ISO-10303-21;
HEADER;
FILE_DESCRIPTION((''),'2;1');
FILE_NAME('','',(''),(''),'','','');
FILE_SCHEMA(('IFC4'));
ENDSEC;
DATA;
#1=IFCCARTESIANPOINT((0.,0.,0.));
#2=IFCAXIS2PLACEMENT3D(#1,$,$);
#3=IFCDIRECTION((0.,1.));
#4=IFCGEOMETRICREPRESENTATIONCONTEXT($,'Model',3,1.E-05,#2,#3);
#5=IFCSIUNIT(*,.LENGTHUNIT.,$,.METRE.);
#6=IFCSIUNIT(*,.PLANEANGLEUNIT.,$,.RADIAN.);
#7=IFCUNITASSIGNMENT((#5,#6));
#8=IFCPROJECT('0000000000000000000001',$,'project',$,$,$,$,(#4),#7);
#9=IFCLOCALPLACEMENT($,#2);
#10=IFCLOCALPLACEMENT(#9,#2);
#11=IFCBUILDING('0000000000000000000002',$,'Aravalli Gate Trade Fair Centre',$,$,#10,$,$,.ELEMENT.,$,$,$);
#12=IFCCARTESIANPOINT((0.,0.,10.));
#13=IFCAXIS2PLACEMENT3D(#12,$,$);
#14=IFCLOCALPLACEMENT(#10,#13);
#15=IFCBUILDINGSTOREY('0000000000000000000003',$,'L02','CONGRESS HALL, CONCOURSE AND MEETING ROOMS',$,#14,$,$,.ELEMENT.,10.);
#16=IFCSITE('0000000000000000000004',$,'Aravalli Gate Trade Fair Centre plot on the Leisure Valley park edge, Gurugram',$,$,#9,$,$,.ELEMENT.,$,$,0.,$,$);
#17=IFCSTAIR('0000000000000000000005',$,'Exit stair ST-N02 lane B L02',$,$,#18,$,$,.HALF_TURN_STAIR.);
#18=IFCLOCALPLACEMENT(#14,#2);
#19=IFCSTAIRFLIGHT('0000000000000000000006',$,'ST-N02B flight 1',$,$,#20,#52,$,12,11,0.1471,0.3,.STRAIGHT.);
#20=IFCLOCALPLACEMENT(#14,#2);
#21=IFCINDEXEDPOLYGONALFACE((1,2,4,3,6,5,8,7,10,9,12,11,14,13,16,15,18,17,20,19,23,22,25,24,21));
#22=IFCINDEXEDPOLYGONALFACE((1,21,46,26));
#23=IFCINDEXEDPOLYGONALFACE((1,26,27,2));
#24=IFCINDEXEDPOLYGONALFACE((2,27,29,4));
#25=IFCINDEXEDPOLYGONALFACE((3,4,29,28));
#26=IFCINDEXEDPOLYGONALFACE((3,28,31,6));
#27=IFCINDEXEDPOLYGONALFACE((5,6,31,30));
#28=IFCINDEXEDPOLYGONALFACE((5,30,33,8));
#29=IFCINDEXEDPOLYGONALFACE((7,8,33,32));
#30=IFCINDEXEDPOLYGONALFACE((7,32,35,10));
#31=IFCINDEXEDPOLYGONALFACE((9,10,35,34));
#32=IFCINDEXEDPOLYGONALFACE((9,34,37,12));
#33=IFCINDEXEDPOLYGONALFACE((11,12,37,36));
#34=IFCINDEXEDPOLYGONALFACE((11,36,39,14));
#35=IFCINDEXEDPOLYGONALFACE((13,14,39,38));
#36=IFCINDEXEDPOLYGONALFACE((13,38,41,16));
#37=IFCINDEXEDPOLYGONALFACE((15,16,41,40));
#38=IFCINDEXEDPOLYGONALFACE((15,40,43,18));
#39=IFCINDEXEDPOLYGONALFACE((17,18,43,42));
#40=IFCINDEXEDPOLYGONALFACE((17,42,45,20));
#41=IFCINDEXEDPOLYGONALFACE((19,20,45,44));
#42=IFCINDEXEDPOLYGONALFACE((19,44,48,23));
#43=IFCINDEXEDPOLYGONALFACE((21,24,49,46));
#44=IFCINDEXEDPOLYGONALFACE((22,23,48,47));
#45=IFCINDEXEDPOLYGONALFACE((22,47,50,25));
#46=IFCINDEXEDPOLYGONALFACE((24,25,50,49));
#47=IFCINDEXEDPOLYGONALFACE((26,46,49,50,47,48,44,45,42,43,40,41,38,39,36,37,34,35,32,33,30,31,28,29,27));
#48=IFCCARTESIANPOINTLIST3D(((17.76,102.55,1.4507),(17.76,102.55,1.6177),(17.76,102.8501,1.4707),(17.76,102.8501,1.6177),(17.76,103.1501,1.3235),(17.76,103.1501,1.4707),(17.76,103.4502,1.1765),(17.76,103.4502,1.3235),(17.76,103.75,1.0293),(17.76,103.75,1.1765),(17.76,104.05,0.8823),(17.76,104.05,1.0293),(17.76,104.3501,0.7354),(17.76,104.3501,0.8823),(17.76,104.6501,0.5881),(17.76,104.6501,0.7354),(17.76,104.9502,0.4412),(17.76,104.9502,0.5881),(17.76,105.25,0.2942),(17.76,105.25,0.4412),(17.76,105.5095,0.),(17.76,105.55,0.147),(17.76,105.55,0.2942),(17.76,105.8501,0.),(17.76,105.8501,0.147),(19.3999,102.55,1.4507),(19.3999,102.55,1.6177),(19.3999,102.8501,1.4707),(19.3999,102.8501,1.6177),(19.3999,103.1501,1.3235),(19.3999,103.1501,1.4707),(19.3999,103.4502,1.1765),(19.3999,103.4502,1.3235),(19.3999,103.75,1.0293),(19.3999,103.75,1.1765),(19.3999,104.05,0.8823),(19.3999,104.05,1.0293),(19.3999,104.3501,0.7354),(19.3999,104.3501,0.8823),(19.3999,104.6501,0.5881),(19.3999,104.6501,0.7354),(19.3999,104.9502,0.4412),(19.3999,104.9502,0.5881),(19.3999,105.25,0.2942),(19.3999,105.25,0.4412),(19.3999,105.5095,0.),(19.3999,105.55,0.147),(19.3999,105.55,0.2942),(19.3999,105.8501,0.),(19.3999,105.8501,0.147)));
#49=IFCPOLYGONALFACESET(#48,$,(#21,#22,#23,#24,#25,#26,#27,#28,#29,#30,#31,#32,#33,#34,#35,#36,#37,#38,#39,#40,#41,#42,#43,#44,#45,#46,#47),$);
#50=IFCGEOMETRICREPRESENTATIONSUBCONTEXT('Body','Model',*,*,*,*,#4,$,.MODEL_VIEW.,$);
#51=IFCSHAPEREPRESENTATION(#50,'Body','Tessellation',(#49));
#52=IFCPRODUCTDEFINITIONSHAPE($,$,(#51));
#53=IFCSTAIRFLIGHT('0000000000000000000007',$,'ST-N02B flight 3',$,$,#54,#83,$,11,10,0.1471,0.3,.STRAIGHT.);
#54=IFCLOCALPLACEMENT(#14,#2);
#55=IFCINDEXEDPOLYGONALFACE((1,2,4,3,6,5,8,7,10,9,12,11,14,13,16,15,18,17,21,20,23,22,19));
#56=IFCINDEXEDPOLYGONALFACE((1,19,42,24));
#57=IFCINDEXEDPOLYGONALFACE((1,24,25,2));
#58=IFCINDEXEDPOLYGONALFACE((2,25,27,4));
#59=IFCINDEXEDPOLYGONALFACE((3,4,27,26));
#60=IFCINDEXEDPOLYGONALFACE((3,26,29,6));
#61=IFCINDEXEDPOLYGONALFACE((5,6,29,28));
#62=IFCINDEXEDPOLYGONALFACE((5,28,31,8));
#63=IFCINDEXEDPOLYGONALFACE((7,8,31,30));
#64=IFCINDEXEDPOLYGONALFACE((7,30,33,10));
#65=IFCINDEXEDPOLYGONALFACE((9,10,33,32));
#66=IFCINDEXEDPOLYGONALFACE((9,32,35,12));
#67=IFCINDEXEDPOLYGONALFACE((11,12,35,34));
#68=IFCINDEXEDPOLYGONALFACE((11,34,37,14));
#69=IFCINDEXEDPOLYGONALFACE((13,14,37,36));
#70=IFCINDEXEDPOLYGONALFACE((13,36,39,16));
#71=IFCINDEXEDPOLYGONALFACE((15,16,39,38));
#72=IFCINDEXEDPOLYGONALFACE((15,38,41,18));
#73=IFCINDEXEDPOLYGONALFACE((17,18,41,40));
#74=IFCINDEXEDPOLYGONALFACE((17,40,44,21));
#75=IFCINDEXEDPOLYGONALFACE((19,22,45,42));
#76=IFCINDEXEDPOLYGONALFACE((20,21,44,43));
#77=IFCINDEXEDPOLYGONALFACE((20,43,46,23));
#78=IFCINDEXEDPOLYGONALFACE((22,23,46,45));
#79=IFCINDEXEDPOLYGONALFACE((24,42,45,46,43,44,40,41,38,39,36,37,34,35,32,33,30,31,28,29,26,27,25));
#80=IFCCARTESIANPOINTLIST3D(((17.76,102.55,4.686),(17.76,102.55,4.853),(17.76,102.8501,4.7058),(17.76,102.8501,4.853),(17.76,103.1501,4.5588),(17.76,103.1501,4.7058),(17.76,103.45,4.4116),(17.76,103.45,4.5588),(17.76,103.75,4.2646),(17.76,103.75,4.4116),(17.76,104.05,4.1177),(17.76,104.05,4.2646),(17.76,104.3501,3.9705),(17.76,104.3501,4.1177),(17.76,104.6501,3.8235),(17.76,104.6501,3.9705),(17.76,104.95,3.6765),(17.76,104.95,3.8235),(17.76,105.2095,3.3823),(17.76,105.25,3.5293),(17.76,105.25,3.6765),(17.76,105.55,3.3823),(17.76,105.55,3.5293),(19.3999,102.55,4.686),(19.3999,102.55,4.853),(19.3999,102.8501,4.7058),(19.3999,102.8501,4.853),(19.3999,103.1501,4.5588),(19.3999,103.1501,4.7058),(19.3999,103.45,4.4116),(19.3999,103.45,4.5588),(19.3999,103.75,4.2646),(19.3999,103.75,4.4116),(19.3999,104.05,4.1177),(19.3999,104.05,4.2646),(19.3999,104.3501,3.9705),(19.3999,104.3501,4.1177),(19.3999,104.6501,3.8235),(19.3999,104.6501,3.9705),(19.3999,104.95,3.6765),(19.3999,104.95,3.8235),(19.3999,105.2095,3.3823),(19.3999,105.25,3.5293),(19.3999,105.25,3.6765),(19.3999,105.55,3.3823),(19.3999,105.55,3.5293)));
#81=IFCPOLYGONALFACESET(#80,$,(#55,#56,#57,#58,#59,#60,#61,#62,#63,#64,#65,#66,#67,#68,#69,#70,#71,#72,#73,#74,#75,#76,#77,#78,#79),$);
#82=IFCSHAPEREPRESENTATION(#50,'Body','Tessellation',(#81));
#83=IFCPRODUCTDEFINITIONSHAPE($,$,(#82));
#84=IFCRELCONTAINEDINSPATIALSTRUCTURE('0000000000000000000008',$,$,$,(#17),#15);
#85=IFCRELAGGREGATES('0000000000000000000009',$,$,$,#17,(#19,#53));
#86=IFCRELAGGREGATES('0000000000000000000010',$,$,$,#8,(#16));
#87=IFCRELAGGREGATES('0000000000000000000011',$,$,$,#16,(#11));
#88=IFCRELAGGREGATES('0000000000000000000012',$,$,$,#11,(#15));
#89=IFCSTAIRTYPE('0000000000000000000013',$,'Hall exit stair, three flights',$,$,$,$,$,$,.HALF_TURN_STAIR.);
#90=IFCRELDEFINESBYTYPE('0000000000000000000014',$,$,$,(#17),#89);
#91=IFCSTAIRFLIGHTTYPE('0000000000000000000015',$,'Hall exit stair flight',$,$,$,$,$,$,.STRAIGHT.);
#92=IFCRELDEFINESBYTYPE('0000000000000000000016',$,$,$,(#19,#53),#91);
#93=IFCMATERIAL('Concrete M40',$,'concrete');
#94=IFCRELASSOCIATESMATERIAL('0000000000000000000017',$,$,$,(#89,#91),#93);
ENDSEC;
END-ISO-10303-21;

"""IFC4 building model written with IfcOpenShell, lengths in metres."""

from ifc_helpers import new_model, si_unit, direction, frame, origin, place, context, subcontext, project, spatial, polyline, outline, extrude, material, type_object, element, aggregate, save


model = new_model("IFC4")

# Units and contexts
model_context = context("Model", 3, precision=1e-05, world=origin(), true_north=direction((0.0, 1.0)))
body_context = subcontext(model_context, "Body", "Model", "MODEL_VIEW")
ifc_project = project(units=[si_unit("LENGTHUNIT", "METRE"), si_unit("PLANEANGLEUNIT", "RADIAN")], contexts=[model_context])

# Site, building, storey
site_placement = place(None, origin())
site = spatial("IfcSite", under=ifc_project, at=site_placement, Name="Aravalli Gate Trade Fair Centre plot on the Leisure Valley park edge, Gurugram", CompositionType="ELEMENT", RefElevation=0.0)
building_placement = place(site_placement, origin())
building = spatial("IfcBuilding", under=site, at=building_placement, Name="Aravalli Gate Trade Fair Centre", CompositionType="ELEMENT")
storey_placement = place(building_placement, frame((0.0, 0.0, 10.0)))
storey = spatial("IfcBuildingStorey", under=building, at=storey_placement, Name="L02", Description="CONGRESS HALL, CONCOURSE AND MEETING ROOMS", CompositionType="ELEMENT", Elevation=10.0)

# Shared definitions
ifc_material_1 = material(Name="Concrete M40", Category="concrete")

# Stair, stair flights
stair_type = type_object("IfcStairType", Name="Hall exit stair, three flights", PredefinedType="HALF_TURN_STAIR", material=ifc_material_1)
stair_flight_type = type_object("IfcStairFlightType", Name="Hall exit stair flight", PredefinedType="STRAIGHT", material=ifc_material_1)
stair_1_placement = place(storey_placement, origin())
stair_1 = element("IfcStair", 1, at=stair_1_placement, inside=storey, type_object=stair_type, Name="Exit stair ST-N02 lane B L02", PredefinedType="HALF_TURN_STAIR")
stair_flight_1_placement = place(storey_placement, frame((18.5801, 105.8501, 0.0), z_axis=(0.0, 0.0, 1.0), x_axis=(0.0, -1.0, 0.0)))
stair_flight_1 = element("IfcStairFlight", 2, at=stair_flight_1_placement, type_object=stair_flight_type, Name="ST-N02B flight 1", NumberOfRisers=12, NumberOfTreads=11, PredefinedType="STRAIGHT", RiserHeight=0.1471, TreadLength=0.3, context=body_context, shape_type="SweptSolid", body=[
    extrude(outline(polyline([(0.0, 0.0), (0.0, 0.147), (0.3, 0.147), (0.3, 0.2942), (0.6001, 0.2942), (0.6001, 0.4412), (0.8999, 0.4412), (0.8999, 0.5881), (1.2, 0.5881), (1.2, 0.7354), (1.5, 0.7354), (1.5, 0.8823), (1.8, 0.8823), (1.8, 1.0293), (2.1001, 1.0293), (2.1001, 1.1765), (2.3999, 1.1765), (2.3999, 1.3235), (2.7, 1.3235), (2.7, 1.4707), (3.0, 1.4707), (3.0, 1.6177), (3.3, 1.6177), (3.3, 1.7646), (3.3, 1.4507), (0.3406, 0.0), (0.0, 0.0)])), frame((0.0, 0.8198, 0.0), z_axis=(0.0, -1.0, 0.0), x_axis=(1.0, 0.0, 0.0)), (0.0, 0.0, 1.0), 1.6399),
])
stair_flight_2_placement = place(storey_placement, frame((18.5801, 105.55, 3.3823), z_axis=(0.0, 0.0, 1.0), x_axis=(0.0, -1.0, 0.0)))
stair_flight_2 = element("IfcStairFlight", 3, at=stair_flight_2_placement, type_object=stair_flight_type, Name="ST-N02B flight 3", NumberOfRisers=11, NumberOfTreads=10, PredefinedType="STRAIGHT", RiserHeight=0.1471, TreadLength=0.3, context=body_context, shape_type="SweptSolid", body=[
    extrude(outline(polyline([(0.0, 0.0), (0.0, 0.147), (0.3, 0.147), (0.3, 0.2942), (0.6001, 0.2942), (0.6001, 0.4412), (0.8999, 0.4412), (0.8999, 0.5881), (1.2, 0.5881), (1.2, 0.7354), (1.5, 0.7354), (1.5, 0.8823), (1.8, 0.8823), (1.8, 1.0293), (2.1001, 1.0293), (2.1001, 1.1765), (2.3999, 1.1765), (2.3999, 1.3235), (2.7, 1.3235), (2.7, 1.4707), (3.0, 1.4707), (3.0, 1.6177), (3.0, 1.3037), (0.3406, 0.0), (0.0, 0.0)])), frame((0.0, 0.8198, 0.0), z_axis=(0.0, -1.0, 0.0), x_axis=(1.0, 0.0, 0.0)), (0.0, 0.0, 1.0), 1.6399),
])
aggregate(stair_1, [stair_flight_1, stair_flight_2])

save(model, "model.ifc")
